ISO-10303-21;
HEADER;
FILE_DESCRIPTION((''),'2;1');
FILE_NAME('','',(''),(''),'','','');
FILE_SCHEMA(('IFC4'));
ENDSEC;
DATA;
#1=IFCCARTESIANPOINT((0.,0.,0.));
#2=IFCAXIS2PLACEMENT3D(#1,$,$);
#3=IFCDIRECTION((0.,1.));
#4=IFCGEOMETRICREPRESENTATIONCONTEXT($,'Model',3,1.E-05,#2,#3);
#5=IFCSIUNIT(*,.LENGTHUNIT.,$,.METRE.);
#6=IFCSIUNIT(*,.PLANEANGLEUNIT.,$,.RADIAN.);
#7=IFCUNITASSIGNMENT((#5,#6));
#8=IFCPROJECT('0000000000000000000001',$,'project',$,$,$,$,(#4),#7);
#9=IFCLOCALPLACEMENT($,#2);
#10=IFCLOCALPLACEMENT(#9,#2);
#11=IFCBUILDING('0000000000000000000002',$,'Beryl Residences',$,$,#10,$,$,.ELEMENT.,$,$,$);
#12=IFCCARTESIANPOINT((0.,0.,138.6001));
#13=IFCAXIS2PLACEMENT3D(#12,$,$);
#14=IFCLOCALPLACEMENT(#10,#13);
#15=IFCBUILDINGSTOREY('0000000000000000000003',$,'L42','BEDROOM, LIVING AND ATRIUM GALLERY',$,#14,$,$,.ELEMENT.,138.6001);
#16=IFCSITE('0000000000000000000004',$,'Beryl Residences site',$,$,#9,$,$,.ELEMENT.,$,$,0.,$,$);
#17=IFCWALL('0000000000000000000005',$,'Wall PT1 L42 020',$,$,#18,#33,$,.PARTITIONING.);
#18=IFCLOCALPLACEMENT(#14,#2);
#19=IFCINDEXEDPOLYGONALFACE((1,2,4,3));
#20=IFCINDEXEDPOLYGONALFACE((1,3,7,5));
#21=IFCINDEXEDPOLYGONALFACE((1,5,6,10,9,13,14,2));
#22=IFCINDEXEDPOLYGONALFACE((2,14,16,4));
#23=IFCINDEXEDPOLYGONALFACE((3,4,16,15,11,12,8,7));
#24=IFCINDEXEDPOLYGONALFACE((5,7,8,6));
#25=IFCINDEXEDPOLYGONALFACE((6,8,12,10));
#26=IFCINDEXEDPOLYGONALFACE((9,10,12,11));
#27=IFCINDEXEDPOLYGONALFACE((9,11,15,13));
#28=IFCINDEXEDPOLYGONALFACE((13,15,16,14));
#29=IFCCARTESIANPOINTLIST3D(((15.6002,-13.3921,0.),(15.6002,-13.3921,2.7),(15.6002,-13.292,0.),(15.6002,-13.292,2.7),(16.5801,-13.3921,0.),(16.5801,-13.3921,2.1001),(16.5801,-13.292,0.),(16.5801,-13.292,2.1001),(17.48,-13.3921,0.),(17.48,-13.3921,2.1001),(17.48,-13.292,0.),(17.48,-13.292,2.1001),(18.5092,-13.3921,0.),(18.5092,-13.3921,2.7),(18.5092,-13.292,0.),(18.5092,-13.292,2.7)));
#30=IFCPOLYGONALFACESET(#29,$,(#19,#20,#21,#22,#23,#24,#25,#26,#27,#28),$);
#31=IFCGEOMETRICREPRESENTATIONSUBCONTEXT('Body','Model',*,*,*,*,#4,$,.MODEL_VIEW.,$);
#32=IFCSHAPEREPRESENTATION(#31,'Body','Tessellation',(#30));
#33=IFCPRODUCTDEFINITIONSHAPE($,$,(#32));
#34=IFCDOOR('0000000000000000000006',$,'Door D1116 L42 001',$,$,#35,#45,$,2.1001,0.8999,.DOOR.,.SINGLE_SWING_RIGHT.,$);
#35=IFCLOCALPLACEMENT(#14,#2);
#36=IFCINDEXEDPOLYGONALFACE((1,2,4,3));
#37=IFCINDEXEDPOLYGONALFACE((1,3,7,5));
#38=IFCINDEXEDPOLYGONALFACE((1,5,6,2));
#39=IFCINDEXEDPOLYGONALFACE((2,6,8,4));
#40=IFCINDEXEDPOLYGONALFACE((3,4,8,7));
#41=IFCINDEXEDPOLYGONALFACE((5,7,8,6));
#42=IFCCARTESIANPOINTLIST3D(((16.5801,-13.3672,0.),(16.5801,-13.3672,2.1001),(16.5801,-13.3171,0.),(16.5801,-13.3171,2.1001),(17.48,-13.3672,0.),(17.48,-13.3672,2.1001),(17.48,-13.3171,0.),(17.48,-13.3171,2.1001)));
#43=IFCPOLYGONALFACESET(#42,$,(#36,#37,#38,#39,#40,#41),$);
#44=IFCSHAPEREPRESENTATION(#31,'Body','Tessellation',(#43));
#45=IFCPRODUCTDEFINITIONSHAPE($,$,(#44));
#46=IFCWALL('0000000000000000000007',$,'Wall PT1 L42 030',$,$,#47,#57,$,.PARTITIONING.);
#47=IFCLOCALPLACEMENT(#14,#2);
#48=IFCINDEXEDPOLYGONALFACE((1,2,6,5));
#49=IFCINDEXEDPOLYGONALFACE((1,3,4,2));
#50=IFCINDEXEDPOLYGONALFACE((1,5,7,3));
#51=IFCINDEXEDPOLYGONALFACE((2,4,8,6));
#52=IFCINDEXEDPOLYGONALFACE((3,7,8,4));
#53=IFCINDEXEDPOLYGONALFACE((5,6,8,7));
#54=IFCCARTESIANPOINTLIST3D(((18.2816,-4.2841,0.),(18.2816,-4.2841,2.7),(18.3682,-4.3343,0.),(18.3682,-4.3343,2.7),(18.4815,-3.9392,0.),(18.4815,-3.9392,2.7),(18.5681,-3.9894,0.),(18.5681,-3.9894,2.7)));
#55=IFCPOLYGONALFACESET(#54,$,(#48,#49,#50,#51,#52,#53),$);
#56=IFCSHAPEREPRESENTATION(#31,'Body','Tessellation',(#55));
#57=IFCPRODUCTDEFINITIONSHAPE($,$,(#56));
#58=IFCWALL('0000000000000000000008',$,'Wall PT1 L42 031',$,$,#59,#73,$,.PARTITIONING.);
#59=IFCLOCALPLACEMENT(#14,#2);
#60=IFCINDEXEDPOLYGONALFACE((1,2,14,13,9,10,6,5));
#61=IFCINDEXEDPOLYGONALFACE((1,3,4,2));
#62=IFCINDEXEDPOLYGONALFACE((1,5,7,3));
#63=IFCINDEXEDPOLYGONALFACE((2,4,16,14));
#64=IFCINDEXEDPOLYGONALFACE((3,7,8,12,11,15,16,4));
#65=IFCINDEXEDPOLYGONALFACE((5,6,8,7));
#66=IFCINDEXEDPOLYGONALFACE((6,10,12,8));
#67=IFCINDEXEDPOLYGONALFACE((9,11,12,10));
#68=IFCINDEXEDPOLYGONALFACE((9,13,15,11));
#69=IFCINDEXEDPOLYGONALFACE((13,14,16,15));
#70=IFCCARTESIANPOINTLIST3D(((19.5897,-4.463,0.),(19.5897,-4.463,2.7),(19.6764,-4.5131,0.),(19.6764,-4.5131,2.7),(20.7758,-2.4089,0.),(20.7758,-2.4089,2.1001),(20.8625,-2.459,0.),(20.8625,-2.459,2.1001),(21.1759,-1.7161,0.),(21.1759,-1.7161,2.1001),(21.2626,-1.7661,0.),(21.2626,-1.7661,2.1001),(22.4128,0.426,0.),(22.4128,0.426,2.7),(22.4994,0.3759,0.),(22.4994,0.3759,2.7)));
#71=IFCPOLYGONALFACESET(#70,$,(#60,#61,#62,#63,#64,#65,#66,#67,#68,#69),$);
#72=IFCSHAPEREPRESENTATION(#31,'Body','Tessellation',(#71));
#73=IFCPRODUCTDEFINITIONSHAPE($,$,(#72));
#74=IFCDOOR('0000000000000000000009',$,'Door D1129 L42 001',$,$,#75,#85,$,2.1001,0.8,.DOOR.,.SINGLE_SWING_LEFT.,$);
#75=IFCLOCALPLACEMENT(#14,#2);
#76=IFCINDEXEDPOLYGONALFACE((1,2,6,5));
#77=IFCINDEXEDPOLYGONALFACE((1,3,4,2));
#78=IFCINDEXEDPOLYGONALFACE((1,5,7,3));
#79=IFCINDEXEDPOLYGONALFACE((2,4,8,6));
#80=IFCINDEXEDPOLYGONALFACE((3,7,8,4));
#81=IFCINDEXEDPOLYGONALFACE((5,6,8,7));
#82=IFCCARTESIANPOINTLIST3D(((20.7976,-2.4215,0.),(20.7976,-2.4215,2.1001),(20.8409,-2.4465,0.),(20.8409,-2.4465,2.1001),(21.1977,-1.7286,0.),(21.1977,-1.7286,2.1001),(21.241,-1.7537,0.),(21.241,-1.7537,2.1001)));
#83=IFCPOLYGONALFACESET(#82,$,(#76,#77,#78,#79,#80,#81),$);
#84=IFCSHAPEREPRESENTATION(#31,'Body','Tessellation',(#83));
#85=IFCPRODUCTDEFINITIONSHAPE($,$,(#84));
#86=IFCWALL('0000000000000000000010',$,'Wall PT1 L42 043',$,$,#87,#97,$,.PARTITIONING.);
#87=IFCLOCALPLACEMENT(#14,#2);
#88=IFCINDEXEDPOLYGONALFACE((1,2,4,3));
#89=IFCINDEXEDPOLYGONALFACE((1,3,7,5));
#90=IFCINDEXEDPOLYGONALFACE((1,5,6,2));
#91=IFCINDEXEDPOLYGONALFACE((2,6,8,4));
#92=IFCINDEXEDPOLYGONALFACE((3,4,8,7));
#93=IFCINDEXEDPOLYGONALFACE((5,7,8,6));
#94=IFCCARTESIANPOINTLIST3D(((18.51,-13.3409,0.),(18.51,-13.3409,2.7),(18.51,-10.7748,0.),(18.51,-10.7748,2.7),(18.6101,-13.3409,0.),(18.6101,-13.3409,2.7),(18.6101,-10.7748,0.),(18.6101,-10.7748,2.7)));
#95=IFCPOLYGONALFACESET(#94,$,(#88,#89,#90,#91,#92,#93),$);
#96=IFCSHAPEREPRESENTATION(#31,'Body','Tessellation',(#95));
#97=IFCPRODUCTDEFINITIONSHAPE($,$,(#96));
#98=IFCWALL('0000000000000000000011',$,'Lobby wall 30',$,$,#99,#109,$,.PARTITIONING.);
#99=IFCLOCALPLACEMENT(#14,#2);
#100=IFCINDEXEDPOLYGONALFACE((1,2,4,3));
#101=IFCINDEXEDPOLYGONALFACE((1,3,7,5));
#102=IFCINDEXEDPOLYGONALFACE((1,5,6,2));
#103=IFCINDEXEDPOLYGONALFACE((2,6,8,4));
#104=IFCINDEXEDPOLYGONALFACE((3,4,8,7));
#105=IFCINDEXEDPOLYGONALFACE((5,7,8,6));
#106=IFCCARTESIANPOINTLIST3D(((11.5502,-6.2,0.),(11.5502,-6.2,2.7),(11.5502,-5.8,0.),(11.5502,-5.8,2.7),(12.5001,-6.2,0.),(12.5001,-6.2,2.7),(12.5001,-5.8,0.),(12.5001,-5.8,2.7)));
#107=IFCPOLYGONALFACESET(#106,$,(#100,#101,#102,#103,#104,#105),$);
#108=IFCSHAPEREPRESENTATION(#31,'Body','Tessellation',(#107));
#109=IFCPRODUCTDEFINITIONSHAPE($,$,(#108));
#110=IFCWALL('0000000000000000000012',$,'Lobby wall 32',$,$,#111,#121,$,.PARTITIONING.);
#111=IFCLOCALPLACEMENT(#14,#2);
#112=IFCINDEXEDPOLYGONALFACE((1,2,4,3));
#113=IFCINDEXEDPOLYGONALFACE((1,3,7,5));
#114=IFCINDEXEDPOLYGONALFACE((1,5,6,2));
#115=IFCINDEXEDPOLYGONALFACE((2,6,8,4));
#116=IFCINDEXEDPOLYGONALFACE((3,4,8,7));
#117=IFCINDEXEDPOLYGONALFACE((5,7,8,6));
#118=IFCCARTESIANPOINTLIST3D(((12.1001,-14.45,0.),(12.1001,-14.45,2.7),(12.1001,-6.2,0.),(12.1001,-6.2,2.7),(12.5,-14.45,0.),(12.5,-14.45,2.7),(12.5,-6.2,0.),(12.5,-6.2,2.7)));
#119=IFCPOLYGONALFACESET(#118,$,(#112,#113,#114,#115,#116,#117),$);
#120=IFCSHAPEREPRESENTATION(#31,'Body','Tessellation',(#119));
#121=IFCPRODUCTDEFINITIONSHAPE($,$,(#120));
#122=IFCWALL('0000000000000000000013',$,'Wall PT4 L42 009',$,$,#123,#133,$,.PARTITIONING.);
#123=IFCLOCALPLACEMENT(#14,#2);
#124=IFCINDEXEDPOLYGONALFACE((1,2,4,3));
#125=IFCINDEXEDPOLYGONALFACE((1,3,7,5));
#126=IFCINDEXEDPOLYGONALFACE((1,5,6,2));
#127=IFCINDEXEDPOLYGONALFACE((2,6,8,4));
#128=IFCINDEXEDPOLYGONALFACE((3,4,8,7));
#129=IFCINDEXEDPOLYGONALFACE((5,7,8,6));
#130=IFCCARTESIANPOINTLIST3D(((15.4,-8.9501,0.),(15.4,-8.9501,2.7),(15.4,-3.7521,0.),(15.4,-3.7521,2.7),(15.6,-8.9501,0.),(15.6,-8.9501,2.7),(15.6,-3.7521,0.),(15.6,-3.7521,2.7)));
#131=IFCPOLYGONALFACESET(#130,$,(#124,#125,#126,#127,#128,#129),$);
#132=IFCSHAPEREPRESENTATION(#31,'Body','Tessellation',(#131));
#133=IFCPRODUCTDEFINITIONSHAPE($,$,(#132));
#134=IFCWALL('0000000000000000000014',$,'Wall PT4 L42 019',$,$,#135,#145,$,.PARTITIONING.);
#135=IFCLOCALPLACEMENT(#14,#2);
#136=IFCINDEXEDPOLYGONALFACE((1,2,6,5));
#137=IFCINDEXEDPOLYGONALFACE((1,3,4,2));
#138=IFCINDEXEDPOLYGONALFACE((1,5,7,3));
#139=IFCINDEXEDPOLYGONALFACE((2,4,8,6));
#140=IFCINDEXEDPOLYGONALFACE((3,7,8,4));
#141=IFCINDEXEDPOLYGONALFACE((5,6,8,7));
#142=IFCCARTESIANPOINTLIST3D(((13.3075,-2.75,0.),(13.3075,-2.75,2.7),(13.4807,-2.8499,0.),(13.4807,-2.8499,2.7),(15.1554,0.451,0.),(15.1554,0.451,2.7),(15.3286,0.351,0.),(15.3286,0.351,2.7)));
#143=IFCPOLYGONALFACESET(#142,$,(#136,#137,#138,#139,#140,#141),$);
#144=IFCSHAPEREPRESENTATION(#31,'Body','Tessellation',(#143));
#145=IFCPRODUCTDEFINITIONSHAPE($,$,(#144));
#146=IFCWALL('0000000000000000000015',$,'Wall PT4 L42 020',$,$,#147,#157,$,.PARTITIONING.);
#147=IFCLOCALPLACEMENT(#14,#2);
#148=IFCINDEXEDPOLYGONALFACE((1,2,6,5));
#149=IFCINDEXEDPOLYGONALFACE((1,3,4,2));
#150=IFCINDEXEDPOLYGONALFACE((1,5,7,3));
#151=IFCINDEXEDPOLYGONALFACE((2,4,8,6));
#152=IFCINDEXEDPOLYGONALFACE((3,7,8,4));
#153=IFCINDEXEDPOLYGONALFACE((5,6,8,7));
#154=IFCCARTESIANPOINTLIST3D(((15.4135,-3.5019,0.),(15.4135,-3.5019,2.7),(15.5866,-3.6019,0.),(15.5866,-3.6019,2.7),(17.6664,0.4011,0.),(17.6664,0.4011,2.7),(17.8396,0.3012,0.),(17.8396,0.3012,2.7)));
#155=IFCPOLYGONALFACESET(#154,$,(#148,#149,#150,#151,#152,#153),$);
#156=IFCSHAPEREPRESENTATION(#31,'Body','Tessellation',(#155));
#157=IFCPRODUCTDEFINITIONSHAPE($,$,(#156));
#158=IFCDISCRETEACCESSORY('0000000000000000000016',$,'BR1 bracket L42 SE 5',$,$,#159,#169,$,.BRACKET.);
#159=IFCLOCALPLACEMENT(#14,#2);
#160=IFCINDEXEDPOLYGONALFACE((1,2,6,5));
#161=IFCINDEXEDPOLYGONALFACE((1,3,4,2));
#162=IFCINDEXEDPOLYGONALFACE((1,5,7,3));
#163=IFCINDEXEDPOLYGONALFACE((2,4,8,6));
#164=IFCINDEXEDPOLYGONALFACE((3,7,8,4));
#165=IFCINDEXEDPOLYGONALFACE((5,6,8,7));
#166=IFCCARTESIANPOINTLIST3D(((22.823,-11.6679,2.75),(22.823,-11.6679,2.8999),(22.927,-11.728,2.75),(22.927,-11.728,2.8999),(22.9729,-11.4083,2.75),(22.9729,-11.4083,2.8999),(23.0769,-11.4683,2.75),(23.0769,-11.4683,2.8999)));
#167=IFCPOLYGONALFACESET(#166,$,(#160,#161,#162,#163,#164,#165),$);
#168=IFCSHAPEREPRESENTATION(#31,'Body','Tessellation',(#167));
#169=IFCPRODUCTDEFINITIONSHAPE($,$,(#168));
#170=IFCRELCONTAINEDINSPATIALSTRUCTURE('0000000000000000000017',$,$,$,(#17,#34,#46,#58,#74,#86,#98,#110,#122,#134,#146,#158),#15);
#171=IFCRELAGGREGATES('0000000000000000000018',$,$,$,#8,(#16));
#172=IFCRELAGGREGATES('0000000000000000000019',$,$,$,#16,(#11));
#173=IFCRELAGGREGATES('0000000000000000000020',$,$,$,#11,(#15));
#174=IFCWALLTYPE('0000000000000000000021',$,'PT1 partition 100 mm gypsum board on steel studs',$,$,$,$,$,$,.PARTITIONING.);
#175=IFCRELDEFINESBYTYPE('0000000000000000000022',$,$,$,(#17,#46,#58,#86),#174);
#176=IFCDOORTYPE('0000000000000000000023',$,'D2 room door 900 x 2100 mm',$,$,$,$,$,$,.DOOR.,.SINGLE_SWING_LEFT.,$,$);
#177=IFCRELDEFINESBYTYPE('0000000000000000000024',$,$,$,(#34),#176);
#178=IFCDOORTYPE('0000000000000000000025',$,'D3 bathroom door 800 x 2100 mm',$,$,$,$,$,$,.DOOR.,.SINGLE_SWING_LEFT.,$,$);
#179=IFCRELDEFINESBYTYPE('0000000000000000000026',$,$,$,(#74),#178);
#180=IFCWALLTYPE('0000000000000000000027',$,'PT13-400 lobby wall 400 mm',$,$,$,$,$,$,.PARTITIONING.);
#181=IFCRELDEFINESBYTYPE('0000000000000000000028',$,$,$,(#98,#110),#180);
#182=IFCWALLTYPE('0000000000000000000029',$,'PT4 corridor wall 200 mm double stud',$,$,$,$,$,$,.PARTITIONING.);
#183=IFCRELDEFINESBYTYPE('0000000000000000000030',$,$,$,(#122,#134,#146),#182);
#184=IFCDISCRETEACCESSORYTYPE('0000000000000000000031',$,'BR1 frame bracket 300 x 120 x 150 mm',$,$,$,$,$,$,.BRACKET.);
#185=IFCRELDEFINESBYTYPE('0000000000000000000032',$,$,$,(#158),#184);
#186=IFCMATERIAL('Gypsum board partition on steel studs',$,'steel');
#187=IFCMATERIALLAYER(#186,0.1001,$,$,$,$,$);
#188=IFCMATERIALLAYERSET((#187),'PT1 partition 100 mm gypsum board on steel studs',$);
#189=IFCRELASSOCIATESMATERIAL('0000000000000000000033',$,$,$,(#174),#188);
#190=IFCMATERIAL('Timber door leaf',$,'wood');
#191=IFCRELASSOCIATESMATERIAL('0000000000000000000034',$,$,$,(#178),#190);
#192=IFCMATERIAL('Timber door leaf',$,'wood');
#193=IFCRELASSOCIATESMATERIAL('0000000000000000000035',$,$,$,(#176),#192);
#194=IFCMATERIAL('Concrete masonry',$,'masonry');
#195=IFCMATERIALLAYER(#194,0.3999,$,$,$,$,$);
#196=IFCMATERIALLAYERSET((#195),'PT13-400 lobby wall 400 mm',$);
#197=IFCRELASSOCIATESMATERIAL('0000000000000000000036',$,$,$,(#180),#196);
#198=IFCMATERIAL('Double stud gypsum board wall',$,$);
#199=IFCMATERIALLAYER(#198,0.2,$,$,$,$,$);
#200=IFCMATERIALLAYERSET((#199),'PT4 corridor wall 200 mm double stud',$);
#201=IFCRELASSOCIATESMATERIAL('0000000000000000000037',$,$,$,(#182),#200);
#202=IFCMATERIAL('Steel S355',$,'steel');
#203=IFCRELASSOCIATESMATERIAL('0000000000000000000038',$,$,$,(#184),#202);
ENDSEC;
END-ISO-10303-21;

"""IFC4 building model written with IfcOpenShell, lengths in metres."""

from ifc_helpers import new_model, si_unit, direction, frame, frame_2d, origin, place, context, subcontext, project, spatial, polyline, rectangle, outline, extrude, source, transform, mapped, material, layer, layer_set, type_object, type_shapes, element, fill, save


model = new_model("IFC4")

# Units and contexts
model_context = context("Model", 3, precision=1e-05, world=origin(), true_north=direction((0.0, 1.0)))
body_context = subcontext(model_context, "Body", "Model", "MODEL_VIEW")
ifc_project = project(units=[si_unit("LENGTHUNIT", "METRE"), si_unit("PLANEANGLEUNIT", "RADIAN")], contexts=[model_context])

# Site, building, storey
site_placement = place(None, origin())
site = spatial("IfcSite", under=ifc_project, at=site_placement, Name="Beryl Residences site", CompositionType="ELEMENT", RefElevation=0.0)
building_placement = place(site_placement, origin())
building = spatial("IfcBuilding", under=site, at=building_placement, Name="Beryl Residences", CompositionType="ELEMENT")
storey_placement = place(building_placement, frame((0.0, 0.0, 138.6001)))
storey = spatial("IfcBuildingStorey", under=building, at=storey_placement, Name="L42", Description="BEDROOM, LIVING AND ATRIUM GALLERY", CompositionType="ELEMENT", Elevation=138.6001)

# Wall, opening, door
ifc_material_1 = material(Name="Gypsum board partition on steel studs", Category="steel")
ifc_layer_1 = layer(ifc_material_1, 0.1001)
ifc_layer_set_1 = layer_set([ifc_layer_1], Name="PT1 partition 100 mm gypsum board on steel studs")
wall_type_1 = type_object("IfcWallType", Name="PT1 partition 100 mm gypsum board on steel studs", PredefinedType="PARTITIONING", material=ifc_layer_set_1)
ifc_material_2 = material(Name="Timber door leaf", Category="wood")
door_type_1 = type_object("IfcDoorType", Name="D3 bathroom door 800 x 2100 mm", OperationType="SINGLE_SWING_LEFT", PredefinedType="DOOR", material=ifc_material_2)
ifc_material_3 = material(Name="Timber door leaf", Category="wood")
door_type_2 = type_object("IfcDoorType", Name="D2 room door 900 x 2100 mm", OperationType="SINGLE_SWING_LEFT", PredefinedType="DOOR", material=ifc_material_3)
wall_1_placement = place(storey_placement, frame((15.6001, -13.342, 0.0), z_axis=(0.0, 0.0, 1.0), x_axis=(1.0, 0.0, 0.0)))
wall_1 = element("IfcWall", 1, at=wall_1_placement, inside=storey, type_object=wall_type_1, Name="Wall PT1 L42 020", PredefinedType="PARTITIONING", context=body_context, shape_type="SweptSolid", body=[
    extrude(rectangle(XDim=2.9089, YDim=0.1001, at=frame_2d((1.4546, 0.0))), origin(), (0.0, 0.0, 1.0), 2.7),
])
opening_1_placement = place(wall_1_placement, frame((0.98, 0.0, 0.0)))
opening_1 = element("IfcOpeningElement", 2, at=opening_1_placement, cuts=wall_1, PredefinedType="OPENING", context=body_context, shape_type="SweptSolid", body=[
    extrude(rectangle(XDim=0.8999, YDim=2.1001, at=frame_2d((0.45, 1.05))), frame((0.0, 0.0601, 0.0), z_axis=(0.0, -1.0, 0.0), x_axis=(1.0, 0.0, 0.0)), (0.0, 0.0, 1.0), 0.1201),
])
door_1_placement = place(opening_1_placement, origin())
door_1 = element("IfcDoor", 3, at=door_1_placement, inside=storey, type_object=door_type_2, Name="Door D1116 L42 001", OperationType="SINGLE_SWING_RIGHT", OverallHeight=2.1001, OverallWidth=0.8999, PredefinedType="DOOR", context=body_context, shape_type="SweptSolid", body=[
    extrude(rectangle(XDim=0.8999, YDim=2.1001, at=frame_2d((0.45, 1.05))), frame((0.0, 0.0249, 0.0), z_axis=(0.0, -1.0, 0.0), x_axis=(1.0, 0.0, 0.0)), (0.0, 0.0, 1.0), 0.05),
])
fill(opening_1, door_1)

# Wall
wall_2_placement = place(storey_placement, frame((18.325, -4.3091, 0.0), z_axis=(0.0, 0.0, 1.0), x_axis=(0.501471, 0.865175, 0.0)))
element("IfcWall", 4, at=wall_2_placement, inside=storey, type_object=wall_type_1, Name="Wall PT1 L42 030", PredefinedType="PARTITIONING", context=body_context, shape_type="SweptSolid", body=[
    extrude(rectangle(XDim=0.3987, YDim=0.1001, at=frame_2d((0.1992, 0.0))), origin(), (0.0, 0.0, 1.0), 2.7),
])

# Wall, opening, door
wall_3_placement = place(storey_placement, frame((19.6331, -4.488, 0.0), z_axis=(0.0, 0.0, 1.0), x_axis=(0.500051, 0.865996, 0.0)))
wall_3 = element("IfcWall", 5, at=wall_3_placement, inside=storey, type_object=wall_type_1, Name="Wall PT1 L42 031", PredefinedType="PARTITIONING", context=body_context, shape_type="SweptSolid", body=[
    extrude(rectangle(XDim=5.6455, YDim=0.1001, at=frame_2d((2.8228, 0.0))), origin(), (0.0, 0.0, 1.0), 2.7),
])
opening_2_placement = place(wall_3_placement, frame((2.3721, 0.0, 0.0)))
opening_2 = element("IfcOpeningElement", 6, at=opening_2_placement, cuts=wall_3, PredefinedType="OPENING", context=body_context, shape_type="SweptSolid", body=[
    extrude(rectangle(XDim=0.8, YDim=2.1001, at=frame_2d((0.3999, 1.05))), frame((0.0, 0.0601, 0.0), z_axis=(0.0, -1.0, 0.0), x_axis=(1.0, 0.0, 0.0)), (0.0, 0.0, 1.0), 0.1201),
])
door_2_placement = place(opening_2_placement, origin())
door_2 = element("IfcDoor", 7, at=door_2_placement, inside=storey, type_object=door_type_1, Name="Door D1129 L42 001", OperationType="SINGLE_SWING_LEFT", OverallHeight=2.1001, OverallWidth=0.8, PredefinedType="DOOR", context=body_context, shape_type="SweptSolid", body=[
    extrude(rectangle(XDim=0.8, YDim=2.1001, at=frame_2d((0.3999, 1.05))), frame((0.0, 0.0249, 0.0), z_axis=(0.0, -1.0, 0.0), x_axis=(1.0, 0.0, 0.0)), (0.0, 0.0, 1.0), 0.05),
])
fill(opening_2, door_2)

# Walls
wall_4_placement = place(storey_placement, frame((18.5601, -13.3411, 0.0), z_axis=(0.0, 0.0, 1.0), x_axis=(0.0, 1.0, 0.0)))
element("IfcWall", 8, at=wall_4_placement, inside=storey, type_object=wall_type_1, Name="Wall PT1 L42 043", PredefinedType="PARTITIONING", context=body_context, shape_type="SweptSolid", body=[
    extrude(rectangle(XDim=2.5662, YDim=0.1001, at=frame_2d((1.2832, 0.0))), origin(), (0.0, 0.0, 1.0), 2.7),
])
ifc_material_4 = material(Name="Concrete masonry", Category="masonry")
ifc_layer_2 = layer(ifc_material_4, 0.3999)
ifc_layer_set_2 = layer_set([ifc_layer_2], Name="PT13-400 lobby wall 400 mm")
wall_type_2 = type_object("IfcWallType", Name="PT13-400 lobby wall 400 mm", PredefinedType="PARTITIONING", material=ifc_layer_set_2)
wall_5_placement = place(storey_placement, frame((11.55, -6.0, 0.0), z_axis=(0.0, 0.0, 1.0), x_axis=(1.0, 0.0, 0.0)))
element("IfcWall", 9, at=wall_5_placement, inside=storey, type_object=wall_type_2, Name="Lobby wall 30", PredefinedType="PARTITIONING", context=body_context, shape_type="SweptSolid", body=[
    extrude(rectangle(XDim=0.95, YDim=0.3999, at=frame_2d((0.4751, 0.0))), origin(), (0.0, 0.0, 1.0), 2.7),
])
wall_6_placement = place(storey_placement, frame((12.3, -14.45, 0.0), z_axis=(0.0, 0.0, 1.0), x_axis=(0.0, 1.0, 0.0)))
element("IfcWall", 10, at=wall_6_placement, inside=storey, type_object=wall_type_2, Name="Lobby wall 32", PredefinedType="PARTITIONING", context=body_context, shape_type="SweptSolid", body=[
    extrude(rectangle(XDim=8.25, YDim=0.3999, at=frame_2d((4.125, 0.0))), origin(), (0.0, 0.0, 1.0), 2.7),
])
ifc_material_5 = material(Name="Double stud gypsum board wall")
ifc_layer_3 = layer(ifc_material_5, 0.2)
ifc_layer_set_3 = layer_set([ifc_layer_3], Name="PT4 corridor wall 200 mm double stud")
wall_type_3 = type_object("IfcWallType", Name="PT4 corridor wall 200 mm double stud", PredefinedType="PARTITIONING", material=ifc_layer_set_3)
wall_7_placement = place(storey_placement, frame((15.5, -3.752, 0.0), z_axis=(0.0, 0.0, 1.0), x_axis=(0.0, -1.0, 0.0)))
element("IfcWall", 11, at=wall_7_placement, inside=storey, type_object=wall_type_3, Name="Wall PT4 L42 009", PredefinedType="PARTITIONING", context=body_context, shape_type="SweptSolid", body=[
    extrude(rectangle(XDim=5.198, YDim=0.2, at=frame_2d((2.5991, 0.0))), origin(), (0.0, 0.0, 1.0), 2.7),
])
wall_8_placement = place(storey_placement, frame((13.394, -2.8, 0.0), z_axis=(0.0, 0.0, 1.0), x_axis=(0.499968, 0.866044, 0.0)))
element("IfcWall", 12, at=wall_8_placement, inside=storey, type_object=wall_type_3, Name="Wall PT4 L42 019", PredefinedType="PARTITIONING", context=body_context, shape_type="SweptSolid", body=[
    extrude(rectangle(XDim=3.696, YDim=0.2, at=frame_2d((1.8481, 0.0))), origin(), (0.0, 0.0, 1.0), 2.7),
])
wall_9_placement = place(storey_placement, frame((15.5, -3.552, 0.0), z_axis=(0.0, 0.0, 1.0), x_axis=(0.499915, 0.866075, 0.0)))
element("IfcWall", 13, at=wall_9_placement, inside=storey, type_object=wall_type_3, Name="Wall PT4 L42 020", PredefinedType="PARTITIONING", context=body_context, shape_type="SweptSolid", body=[
    extrude(rectangle(XDim=4.5066, YDim=0.2, at=frame_2d((2.2534, 0.0))), origin(), (0.0, 0.0, 1.0), 2.7),
])

# Discrete accessory
ifc_material_6 = material(Name="Steel S355", Category="steel")
discrete_accessory_type = type_object("IfcDiscreteAccessoryType", Name="BR1 frame bracket 300 x 120 x 150 mm", PredefinedType="BRACKET", material=ifc_material_6)
shared_shape_1 = source(origin(), body_context, "Body", "SweptSolid", [
    extrude(outline(polyline([(-0.1499, 0.0), (0.1499, 0.0), (0.1499, 0.1201), (-0.1499, 0.1201), (-0.1499, 0.0)])), origin(), (0.0, 0.0, 1.0), 0.1499),
])
type_shapes(discrete_accessory_type, [shared_shape_1])
discrete_accessory_placement = place(storey_placement, frame((22.8979, -11.5381, 2.75), z_axis=(0.0, 0.0, 1.0), x_axis=(-0.5, -0.866025, 0.0)))
element("IfcDiscreteAccessory", 14, at=discrete_accessory_placement, inside=storey, type_object=discrete_accessory_type, Name="BR1 bracket L42 SE 5", PredefinedType="BRACKET", context=body_context, shape_type="MappedRepresentation", body=[
    mapped(shared_shape_1, transform((0.0, 0.0, 0.0))),
])

save(model, "model.ifc")
